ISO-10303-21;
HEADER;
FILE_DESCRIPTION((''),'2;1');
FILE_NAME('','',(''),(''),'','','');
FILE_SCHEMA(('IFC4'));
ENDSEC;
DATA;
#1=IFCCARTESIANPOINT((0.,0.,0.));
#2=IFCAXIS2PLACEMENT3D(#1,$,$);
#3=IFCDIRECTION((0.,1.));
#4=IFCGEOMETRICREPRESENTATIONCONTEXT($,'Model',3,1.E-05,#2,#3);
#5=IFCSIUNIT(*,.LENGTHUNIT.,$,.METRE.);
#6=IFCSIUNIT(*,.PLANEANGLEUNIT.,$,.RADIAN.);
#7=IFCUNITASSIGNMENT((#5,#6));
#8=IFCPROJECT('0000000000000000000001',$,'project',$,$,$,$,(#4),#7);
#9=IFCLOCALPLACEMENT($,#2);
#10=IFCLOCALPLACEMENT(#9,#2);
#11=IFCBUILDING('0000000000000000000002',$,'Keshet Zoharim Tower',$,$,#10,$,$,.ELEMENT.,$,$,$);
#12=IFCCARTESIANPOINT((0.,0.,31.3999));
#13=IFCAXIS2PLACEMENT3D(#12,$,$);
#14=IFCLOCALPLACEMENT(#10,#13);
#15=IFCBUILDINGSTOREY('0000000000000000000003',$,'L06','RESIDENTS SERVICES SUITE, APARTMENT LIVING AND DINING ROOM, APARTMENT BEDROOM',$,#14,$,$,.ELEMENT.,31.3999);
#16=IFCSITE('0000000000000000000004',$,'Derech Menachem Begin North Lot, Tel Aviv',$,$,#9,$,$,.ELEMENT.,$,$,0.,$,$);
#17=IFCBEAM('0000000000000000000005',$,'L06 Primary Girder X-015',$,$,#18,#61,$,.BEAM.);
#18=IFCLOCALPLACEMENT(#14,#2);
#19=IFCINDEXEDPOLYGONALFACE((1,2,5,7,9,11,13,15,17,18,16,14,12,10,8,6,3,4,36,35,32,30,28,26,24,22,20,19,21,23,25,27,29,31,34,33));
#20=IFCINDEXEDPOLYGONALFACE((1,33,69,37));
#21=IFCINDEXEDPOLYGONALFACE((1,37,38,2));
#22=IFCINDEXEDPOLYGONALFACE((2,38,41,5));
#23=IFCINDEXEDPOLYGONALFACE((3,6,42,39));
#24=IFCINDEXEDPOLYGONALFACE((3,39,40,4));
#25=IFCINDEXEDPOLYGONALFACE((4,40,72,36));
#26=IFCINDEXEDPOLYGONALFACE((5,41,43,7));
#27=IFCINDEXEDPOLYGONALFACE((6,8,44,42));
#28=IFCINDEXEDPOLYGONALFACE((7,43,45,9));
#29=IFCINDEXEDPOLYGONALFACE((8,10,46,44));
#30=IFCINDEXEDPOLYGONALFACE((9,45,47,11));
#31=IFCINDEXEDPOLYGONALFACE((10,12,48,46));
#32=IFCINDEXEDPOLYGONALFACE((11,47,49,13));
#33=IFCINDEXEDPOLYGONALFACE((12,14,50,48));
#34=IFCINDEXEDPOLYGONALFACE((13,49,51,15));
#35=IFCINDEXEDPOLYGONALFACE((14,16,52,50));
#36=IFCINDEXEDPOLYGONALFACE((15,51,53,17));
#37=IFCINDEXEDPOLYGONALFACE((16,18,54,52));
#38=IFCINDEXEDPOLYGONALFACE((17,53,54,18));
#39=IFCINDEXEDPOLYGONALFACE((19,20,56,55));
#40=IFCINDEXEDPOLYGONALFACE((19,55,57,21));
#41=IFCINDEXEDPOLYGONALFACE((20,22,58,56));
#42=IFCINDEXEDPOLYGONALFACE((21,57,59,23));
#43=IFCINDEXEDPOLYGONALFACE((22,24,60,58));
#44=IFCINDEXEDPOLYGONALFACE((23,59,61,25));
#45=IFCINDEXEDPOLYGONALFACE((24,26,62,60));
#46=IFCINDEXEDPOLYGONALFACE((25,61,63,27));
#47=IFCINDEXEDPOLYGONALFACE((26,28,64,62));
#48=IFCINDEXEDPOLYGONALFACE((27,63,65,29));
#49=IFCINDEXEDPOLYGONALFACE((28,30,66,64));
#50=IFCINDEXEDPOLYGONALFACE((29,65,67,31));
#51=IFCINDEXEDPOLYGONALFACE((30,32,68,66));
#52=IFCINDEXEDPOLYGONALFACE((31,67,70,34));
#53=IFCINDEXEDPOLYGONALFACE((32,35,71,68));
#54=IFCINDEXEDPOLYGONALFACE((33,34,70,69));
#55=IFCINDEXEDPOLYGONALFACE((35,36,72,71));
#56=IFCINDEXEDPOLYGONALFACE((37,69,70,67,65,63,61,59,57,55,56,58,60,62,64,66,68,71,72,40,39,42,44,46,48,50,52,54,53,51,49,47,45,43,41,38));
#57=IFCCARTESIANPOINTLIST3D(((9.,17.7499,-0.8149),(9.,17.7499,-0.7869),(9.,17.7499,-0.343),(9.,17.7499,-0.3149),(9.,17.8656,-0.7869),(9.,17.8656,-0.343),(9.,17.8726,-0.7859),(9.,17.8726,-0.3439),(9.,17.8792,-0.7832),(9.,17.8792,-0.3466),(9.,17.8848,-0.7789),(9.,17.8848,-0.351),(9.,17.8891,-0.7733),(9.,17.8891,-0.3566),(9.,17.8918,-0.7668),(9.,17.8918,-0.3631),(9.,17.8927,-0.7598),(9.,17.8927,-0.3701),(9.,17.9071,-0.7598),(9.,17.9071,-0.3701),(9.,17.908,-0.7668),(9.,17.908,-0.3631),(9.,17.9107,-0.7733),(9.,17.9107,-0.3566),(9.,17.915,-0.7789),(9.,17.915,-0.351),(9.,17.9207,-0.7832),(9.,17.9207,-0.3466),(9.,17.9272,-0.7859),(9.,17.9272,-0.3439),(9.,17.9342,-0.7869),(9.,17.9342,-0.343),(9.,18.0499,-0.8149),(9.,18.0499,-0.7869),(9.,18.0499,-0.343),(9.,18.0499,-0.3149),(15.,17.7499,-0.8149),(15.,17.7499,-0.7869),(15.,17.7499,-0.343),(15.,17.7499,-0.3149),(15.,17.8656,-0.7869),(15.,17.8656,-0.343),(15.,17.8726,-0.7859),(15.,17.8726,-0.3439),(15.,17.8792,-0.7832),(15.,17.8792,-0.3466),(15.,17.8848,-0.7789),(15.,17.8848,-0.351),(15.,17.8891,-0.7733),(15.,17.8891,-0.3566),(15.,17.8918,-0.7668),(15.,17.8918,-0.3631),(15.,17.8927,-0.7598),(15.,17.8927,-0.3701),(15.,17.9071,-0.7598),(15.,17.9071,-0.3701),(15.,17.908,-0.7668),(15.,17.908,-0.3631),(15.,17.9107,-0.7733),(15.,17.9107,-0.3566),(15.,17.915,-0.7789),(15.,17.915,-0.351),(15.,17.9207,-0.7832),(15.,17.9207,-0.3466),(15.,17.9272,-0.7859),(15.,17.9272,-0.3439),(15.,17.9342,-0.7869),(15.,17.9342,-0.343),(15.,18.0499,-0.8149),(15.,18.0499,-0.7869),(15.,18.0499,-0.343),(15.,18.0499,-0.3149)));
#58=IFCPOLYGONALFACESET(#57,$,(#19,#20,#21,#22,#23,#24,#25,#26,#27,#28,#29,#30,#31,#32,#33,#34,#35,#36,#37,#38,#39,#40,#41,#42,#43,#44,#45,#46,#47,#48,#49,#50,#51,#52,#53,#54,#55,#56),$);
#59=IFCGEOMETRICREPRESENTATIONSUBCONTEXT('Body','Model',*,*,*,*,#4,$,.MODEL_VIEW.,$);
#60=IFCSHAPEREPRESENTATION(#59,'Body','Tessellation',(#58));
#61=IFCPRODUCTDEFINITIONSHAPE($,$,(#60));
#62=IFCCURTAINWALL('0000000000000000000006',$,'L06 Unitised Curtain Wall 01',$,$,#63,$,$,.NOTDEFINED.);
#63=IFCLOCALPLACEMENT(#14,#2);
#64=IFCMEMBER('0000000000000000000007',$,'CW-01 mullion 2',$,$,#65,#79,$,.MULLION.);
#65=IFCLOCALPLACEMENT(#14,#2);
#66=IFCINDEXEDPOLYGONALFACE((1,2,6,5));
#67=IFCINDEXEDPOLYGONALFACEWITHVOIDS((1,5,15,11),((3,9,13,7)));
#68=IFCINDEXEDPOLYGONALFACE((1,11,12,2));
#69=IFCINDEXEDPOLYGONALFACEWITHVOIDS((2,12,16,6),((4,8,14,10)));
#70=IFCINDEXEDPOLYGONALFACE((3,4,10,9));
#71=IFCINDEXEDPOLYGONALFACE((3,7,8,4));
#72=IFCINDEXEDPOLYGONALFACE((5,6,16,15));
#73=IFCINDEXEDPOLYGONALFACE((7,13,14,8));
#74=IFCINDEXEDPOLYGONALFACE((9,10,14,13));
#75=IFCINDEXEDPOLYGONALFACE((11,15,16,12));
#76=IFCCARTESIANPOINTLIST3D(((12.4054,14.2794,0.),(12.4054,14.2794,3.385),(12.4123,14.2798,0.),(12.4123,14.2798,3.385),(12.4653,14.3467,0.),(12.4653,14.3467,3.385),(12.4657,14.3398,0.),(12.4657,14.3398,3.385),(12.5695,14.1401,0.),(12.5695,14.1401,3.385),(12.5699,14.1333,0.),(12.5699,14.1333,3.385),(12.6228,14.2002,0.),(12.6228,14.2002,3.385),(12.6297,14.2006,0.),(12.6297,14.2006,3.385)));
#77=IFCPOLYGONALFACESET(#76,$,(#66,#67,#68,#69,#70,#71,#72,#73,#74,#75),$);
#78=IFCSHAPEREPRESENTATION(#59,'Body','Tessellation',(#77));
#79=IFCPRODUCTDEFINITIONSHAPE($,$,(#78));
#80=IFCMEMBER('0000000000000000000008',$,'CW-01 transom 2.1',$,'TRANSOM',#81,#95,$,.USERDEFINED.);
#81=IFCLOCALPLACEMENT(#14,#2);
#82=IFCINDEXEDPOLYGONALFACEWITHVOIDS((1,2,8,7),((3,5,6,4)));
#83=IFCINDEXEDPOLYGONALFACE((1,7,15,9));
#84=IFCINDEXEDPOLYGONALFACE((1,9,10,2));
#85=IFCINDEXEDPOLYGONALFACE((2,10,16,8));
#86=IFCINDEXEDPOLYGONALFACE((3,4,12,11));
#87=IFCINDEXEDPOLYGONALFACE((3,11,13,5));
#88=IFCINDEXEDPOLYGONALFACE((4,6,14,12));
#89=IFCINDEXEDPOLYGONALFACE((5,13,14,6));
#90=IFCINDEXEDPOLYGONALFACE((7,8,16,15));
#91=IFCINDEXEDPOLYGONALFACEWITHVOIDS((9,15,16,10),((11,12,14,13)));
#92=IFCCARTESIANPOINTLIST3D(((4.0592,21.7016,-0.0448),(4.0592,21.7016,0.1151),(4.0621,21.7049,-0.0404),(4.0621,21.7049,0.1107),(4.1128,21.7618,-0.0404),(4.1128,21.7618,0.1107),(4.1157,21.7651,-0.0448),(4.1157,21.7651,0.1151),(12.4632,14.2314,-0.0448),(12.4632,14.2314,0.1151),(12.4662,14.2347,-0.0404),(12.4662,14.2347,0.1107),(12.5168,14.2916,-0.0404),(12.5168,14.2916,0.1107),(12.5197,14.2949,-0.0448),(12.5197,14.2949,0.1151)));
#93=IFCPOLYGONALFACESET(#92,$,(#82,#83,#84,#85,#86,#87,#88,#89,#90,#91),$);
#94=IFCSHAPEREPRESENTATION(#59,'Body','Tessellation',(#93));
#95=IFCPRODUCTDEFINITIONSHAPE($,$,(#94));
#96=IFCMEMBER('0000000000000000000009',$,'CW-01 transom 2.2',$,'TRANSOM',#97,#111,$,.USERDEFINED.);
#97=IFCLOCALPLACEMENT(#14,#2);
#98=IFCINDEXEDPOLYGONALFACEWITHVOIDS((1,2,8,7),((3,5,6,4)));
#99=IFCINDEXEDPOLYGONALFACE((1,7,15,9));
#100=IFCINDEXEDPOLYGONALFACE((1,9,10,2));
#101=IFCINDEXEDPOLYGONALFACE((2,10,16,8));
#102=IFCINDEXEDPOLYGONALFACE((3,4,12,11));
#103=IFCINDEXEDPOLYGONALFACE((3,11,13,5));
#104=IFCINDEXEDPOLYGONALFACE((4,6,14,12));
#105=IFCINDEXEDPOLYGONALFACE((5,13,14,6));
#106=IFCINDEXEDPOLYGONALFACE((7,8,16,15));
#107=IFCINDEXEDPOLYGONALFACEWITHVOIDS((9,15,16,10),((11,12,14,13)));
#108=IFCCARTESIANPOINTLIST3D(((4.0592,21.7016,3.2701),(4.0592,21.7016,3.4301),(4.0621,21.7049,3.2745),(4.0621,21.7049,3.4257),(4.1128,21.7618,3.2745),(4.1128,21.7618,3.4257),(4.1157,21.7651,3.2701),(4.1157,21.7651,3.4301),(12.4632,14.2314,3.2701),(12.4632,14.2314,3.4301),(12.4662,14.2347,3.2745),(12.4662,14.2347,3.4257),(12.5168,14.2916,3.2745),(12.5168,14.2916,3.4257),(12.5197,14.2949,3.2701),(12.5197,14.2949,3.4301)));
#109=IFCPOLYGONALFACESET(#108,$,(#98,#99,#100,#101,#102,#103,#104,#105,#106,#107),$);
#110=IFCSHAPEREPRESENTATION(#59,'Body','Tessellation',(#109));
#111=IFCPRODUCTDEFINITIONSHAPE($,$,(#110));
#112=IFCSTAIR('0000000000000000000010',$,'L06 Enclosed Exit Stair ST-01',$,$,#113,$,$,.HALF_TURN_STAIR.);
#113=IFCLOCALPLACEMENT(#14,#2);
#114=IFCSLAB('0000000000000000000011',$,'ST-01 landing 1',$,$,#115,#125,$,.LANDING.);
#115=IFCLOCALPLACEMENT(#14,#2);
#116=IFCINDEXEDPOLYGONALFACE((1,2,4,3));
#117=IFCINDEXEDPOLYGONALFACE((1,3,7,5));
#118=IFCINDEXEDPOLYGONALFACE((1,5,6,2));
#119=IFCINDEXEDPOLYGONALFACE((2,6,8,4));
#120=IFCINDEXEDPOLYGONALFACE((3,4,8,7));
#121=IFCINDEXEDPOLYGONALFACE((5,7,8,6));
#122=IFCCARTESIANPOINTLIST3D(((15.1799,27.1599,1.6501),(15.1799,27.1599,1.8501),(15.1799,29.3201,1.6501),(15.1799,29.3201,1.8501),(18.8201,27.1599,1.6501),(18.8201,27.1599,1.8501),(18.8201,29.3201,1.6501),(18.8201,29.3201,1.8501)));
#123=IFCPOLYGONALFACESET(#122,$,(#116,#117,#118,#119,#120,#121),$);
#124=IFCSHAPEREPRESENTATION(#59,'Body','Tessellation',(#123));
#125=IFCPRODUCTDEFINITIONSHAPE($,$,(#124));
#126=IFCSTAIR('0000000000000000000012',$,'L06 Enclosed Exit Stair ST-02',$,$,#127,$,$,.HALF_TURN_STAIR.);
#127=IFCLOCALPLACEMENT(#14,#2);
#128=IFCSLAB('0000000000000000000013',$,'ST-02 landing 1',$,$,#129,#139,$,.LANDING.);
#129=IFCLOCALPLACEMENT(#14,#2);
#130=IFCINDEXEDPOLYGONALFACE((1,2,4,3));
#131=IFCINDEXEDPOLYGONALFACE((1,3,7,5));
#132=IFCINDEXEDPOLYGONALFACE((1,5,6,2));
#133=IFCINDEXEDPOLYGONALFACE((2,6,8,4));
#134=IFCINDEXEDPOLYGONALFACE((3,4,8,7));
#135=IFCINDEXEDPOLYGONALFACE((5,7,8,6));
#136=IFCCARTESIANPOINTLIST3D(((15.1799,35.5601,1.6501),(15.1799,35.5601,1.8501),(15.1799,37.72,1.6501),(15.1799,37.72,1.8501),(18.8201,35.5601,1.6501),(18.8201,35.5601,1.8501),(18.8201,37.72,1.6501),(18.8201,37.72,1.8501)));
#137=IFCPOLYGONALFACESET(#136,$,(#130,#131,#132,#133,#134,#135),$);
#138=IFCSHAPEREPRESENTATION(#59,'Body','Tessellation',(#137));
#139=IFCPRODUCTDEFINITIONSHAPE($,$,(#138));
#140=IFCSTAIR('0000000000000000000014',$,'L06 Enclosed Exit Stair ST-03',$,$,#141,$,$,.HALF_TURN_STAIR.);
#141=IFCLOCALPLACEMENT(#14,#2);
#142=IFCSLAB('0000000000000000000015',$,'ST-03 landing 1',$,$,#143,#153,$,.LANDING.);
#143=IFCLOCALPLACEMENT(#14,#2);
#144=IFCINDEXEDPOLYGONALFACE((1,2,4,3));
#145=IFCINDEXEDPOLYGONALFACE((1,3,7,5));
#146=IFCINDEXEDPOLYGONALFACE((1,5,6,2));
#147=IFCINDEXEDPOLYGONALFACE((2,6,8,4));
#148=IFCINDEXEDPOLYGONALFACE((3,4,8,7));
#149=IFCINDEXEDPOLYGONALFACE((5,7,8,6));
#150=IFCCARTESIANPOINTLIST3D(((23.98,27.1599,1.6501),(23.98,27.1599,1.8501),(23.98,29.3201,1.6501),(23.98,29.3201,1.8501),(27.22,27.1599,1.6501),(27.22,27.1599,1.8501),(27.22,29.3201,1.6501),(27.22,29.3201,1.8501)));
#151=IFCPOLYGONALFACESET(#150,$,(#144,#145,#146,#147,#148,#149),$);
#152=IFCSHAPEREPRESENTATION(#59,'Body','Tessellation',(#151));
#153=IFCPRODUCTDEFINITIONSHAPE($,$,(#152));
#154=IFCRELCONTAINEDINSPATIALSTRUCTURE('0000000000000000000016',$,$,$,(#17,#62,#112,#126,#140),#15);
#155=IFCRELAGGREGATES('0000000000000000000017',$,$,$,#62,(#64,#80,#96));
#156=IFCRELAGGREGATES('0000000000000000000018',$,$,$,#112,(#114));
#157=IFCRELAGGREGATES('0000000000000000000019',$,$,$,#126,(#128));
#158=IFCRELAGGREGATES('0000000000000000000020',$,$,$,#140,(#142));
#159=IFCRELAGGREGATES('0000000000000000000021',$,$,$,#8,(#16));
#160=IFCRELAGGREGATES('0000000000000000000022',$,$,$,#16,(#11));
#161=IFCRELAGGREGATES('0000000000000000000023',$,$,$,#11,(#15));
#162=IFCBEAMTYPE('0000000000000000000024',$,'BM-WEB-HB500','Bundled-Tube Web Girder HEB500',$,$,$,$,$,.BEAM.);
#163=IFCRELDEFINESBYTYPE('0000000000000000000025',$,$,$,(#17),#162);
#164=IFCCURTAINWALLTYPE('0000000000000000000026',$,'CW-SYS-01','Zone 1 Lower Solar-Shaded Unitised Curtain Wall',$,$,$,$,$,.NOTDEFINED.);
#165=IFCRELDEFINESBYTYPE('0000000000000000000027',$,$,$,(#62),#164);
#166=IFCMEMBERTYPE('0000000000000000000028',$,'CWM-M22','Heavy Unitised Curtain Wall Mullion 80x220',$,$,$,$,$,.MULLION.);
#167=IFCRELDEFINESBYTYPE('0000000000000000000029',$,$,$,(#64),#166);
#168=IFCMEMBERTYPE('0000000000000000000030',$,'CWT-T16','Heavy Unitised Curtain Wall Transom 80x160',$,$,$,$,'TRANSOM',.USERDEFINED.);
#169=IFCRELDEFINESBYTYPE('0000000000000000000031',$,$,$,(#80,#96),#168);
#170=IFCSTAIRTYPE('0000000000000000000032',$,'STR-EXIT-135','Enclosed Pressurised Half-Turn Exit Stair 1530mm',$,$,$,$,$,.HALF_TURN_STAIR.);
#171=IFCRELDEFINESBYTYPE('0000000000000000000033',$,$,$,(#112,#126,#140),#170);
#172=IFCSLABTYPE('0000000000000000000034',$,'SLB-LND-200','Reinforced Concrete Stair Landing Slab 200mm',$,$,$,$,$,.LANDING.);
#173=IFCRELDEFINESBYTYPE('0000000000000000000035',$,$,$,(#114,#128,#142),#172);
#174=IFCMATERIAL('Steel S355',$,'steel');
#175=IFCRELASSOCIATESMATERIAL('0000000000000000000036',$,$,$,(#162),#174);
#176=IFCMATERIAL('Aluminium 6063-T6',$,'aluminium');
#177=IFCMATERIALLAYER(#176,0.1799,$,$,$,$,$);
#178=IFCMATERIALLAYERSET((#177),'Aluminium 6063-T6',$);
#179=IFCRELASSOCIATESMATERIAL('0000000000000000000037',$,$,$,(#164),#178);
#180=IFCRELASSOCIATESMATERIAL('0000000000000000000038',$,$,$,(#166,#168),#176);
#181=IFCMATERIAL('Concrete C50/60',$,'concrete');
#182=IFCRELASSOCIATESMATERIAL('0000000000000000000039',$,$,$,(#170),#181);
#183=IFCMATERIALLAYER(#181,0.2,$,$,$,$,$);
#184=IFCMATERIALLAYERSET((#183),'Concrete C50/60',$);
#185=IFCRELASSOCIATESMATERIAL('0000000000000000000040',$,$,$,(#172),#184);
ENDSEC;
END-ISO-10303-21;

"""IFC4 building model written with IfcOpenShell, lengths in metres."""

from ifc_helpers import new_model, si_unit, direction, frame, origin, origin_2d, place, context, subcontext, project, spatial, polyline, hollow_rectangle, i_section, outline, extrude, material, layer, layer_set, material_profile, profile_set, type_object, element, aggregate, save


model = new_model("IFC4")

# Units and contexts
model_context = context("Model", 3, precision=1e-05, world=origin(), true_north=direction((0.0, 1.0)))
body_context = subcontext(model_context, "Body", "Model", "MODEL_VIEW")
ifc_project = project(units=[si_unit("LENGTHUNIT", "METRE"), si_unit("PLANEANGLEUNIT", "RADIAN")], contexts=[model_context])

# Site, building, storey
site_placement = place(None, origin())
site = spatial("IfcSite", under=ifc_project, at=site_placement, Name="Derech Menachem Begin North Lot, Tel Aviv", CompositionType="ELEMENT", RefElevation=0.0)
building_placement = place(site_placement, origin())
building = spatial("IfcBuilding", under=site, at=building_placement, Name="Keshet Zoharim Tower", CompositionType="ELEMENT")
storey_placement = place(building_placement, frame((0.0, 0.0, 31.3999)))
storey = spatial("IfcBuildingStorey", under=building, at=storey_placement, Name="L06", Description="RESIDENTS SERVICES SUITE, APARTMENT LIVING AND DINING ROOM, APARTMENT BEDROOM", CompositionType="ELEMENT", Elevation=31.3999)

# Shared definitions
ifc_material_1 = material(Name="Steel S355", Category="steel")

# Beam
ifc_material_profile_1 = material_profile(ifc_material_1, i_section(OverallWidth=0.3, OverallDepth=0.5, WebThickness=0.0144, FlangeThickness=0.0281, FilletRadius=0.0271, at=origin_2d()), Name="HEB500")
ifc_profile_set_1 = profile_set([ifc_material_profile_1], Name="Steel S355")
beam_type_1 = type_object("IfcBeamType", Name="BM-WEB-HB500", Description="Bundled-Tube Web Girder HEB500", PredefinedType="BEAM", material=ifc_profile_set_1)
beam_1_placement = place(storey_placement, frame((9.0, 17.8999, -0.5649), z_axis=(1.0, 0.0, 0.0), x_axis=(0.0, 1.0, 0.0)))
element("IfcBeam", 1, at=beam_1_placement, inside=storey, type_object=beam_type_1, Name="L06 Primary Girder X-015", PredefinedType="BEAM", context=body_context, shape_type="SweptSolid", body=[
    extrude(i_section(OverallWidth=0.3, OverallDepth=0.5, WebThickness=0.0144, FlangeThickness=0.0281, FilletRadius=0.0271, at=origin_2d()), origin(), (0.0, 0.0, 1.0), 6.0),
])

# Curtain wall, members
ifc_material_2 = material(Name="Aluminium 6063-T6", Category="aluminium")
ifc_layer_1 = layer(ifc_material_2, 0.1799)
ifc_layer_set_1 = layer_set([ifc_layer_1], Name="Aluminium 6063-T6")
curtain_wall_type = type_object("IfcCurtainWallType", Name="CW-SYS-01", Description="Zone 1 Lower Solar-Shaded Unitised Curtain Wall", PredefinedType="NOTDEFINED", material=ifc_layer_set_1)
curtain_wall_placement = place(storey_placement, origin())
curtain_wall = element("IfcCurtainWall", 2, at=curtain_wall_placement, inside=storey, type_object=curtain_wall_type, Name="L06 Unitised Curtain Wall 01", PredefinedType="NOTDEFINED")
ifc_material_profile_2 = material_profile(ifc_material_2, hollow_rectangle(XDim=0.0901, YDim=0.22, WallThickness=0.0049, at=origin_2d()), Name="MUL-90x220")
ifc_profile_set_2 = profile_set([ifc_material_profile_2], Name="Aluminium 6063-T6")
member_type_1 = type_object("IfcMemberType", Name="CWM-M22", Description="Heavy Unitised Curtain Wall Mullion 80x220", PredefinedType="MULLION", material=ifc_profile_set_2)
member_1_placement = place(storey_placement, frame((12.5176, 14.24, 0.0), z_axis=(0.0, 0.0, 1.0), x_axis=(-0.664364, -0.747409, 0.0)))
member_1 = element("IfcMember", 3, at=member_1_placement, type_object=member_type_1, Name="CW-01 mullion 2", PredefinedType="MULLION", context=body_context, shape_type="SweptSolid", body=[
    extrude(hollow_rectangle(XDim=0.0901, YDim=0.22, WallThickness=0.0049, at=origin_2d()), origin(), (0.0, 0.0, 1.0), 3.385),
])
ifc_material_profile_3 = material_profile(ifc_material_2, hollow_rectangle(XDim=0.085, YDim=0.1599, WallThickness=0.0044, at=origin_2d()), Name="TRN-85x160")
ifc_profile_set_3 = profile_set([ifc_material_profile_3], Name="Aluminium 6063-T6")
member_type_2 = type_object("IfcMemberType", Name="CWT-T16", Description="Heavy Unitised Curtain Wall Transom 80x160", ElementType="TRANSOM", PredefinedType="USERDEFINED", material=ifc_profile_set_3)
member_2_placement = place(storey_placement, frame((12.4915, 14.2632, 0.0352), z_axis=(-0.747412, 0.664361, 0.0), x_axis=(-0.664361, -0.747412, 0.0)))
member_2 = element("IfcMember", 4, at=member_2_placement, type_object=member_type_2, Name="CW-01 transom 2.1", ObjectType="TRANSOM", PredefinedType="USERDEFINED", context=body_context, shape_type="SweptSolid", body=[
    extrude(hollow_rectangle(XDim=0.085, YDim=0.1599, WallThickness=0.0044, at=origin_2d()), origin(), (0.0, 0.0, 1.0), 11.2441),
])
member_3_placement = place(storey_placement, frame((12.4915, 14.2632, 3.3501), z_axis=(-0.747412, 0.664361, 0.0), x_axis=(-0.664361, -0.747412, 0.0)))
member_3 = element("IfcMember", 5, at=member_3_placement, type_object=member_type_2, Name="CW-01 transom 2.2", ObjectType="TRANSOM", PredefinedType="USERDEFINED", context=body_context, shape_type="SweptSolid", body=[
    extrude(hollow_rectangle(XDim=0.085, YDim=0.1599, WallThickness=0.0044, at=origin_2d()), origin(), (0.0, 0.0, 1.0), 11.2441),
])
aggregate(curtain_wall, [member_1, member_2, member_3])

# Stairs, slabs
ifc_material_3 = material(Name="Concrete C50/60", Category="concrete")
stair_type = type_object("IfcStairType", Name="STR-EXIT-135", Description="Enclosed Pressurised Half-Turn Exit Stair 1530mm", PredefinedType="HALF_TURN_STAIR", material=ifc_material_3)
stair_1_placement = place(storey_placement, origin())
stair_1 = element("IfcStair", 6, at=stair_1_placement, inside=storey, type_object=stair_type, Name="L06 Enclosed Exit Stair ST-01", PredefinedType="HALF_TURN_STAIR")
ifc_layer_2 = layer(ifc_material_3, 0.2)
ifc_layer_set_2 = layer_set([ifc_layer_2], Name="Concrete C50/60")
slab_type_1 = type_object("IfcSlabType", Name="SLB-LND-200", Description="Reinforced Concrete Stair Landing Slab 200mm", PredefinedType="LANDING", material=ifc_layer_set_2)
slab_1_placement = place(storey_placement, frame((0.0, 0.0, 1.6501)))
slab_1 = element("IfcSlab", 7, at=slab_1_placement, type_object=slab_type_1, Name="ST-01 landing 1", PredefinedType="LANDING", context=body_context, shape_type="SweptSolid", body=[
    extrude(outline(polyline([(15.1799, 27.1599), (18.8201, 27.1599), (18.8201, 29.3201), (15.1799, 29.3201), (15.1799, 27.1599)])), origin(), (0.0, 0.0, 1.0), 0.2),
])
aggregate(stair_1, [slab_1])
stair_2_placement = place(storey_placement, origin())
stair_2 = element("IfcStair", 8, at=stair_2_placement, inside=storey, type_object=stair_type, Name="L06 Enclosed Exit Stair ST-02", PredefinedType="HALF_TURN_STAIR")
slab_2_placement = place(storey_placement, frame((0.0, 0.0, 1.6501)))
slab_2 = element("IfcSlab", 9, at=slab_2_placement, type_object=slab_type_1, Name="ST-02 landing 1", PredefinedType="LANDING", context=body_context, shape_type="SweptSolid", body=[
    extrude(outline(polyline([(15.1799, 35.5601), (18.8201, 35.5601), (18.8201, 37.72), (15.1799, 37.72), (15.1799, 35.5601)])), origin(), (0.0, 0.0, 1.0), 0.2),
])
aggregate(stair_2, [slab_2])
stair_3_placement = place(storey_placement, origin())
stair_3 = element("IfcStair", 10, at=stair_3_placement, inside=storey, type_object=stair_type, Name="L06 Enclosed Exit Stair ST-03", PredefinedType="HALF_TURN_STAIR")
slab_3_placement = place(storey_placement, frame((0.0, 0.0, 1.6501)))
slab_3 = element("IfcSlab", 11, at=slab_3_placement, type_object=slab_type_1, Name="ST-03 landing 1", PredefinedType="LANDING", context=body_context, shape_type="SweptSolid", body=[
    extrude(outline(polyline([(23.98, 27.1599), (27.22, 27.1599), (27.22, 29.3201), (23.98, 29.3201), (23.98, 27.1599)])), origin(), (0.0, 0.0, 1.0), 0.2),
])
aggregate(stair_3, [slab_3])

save(model, "model.ifc")
